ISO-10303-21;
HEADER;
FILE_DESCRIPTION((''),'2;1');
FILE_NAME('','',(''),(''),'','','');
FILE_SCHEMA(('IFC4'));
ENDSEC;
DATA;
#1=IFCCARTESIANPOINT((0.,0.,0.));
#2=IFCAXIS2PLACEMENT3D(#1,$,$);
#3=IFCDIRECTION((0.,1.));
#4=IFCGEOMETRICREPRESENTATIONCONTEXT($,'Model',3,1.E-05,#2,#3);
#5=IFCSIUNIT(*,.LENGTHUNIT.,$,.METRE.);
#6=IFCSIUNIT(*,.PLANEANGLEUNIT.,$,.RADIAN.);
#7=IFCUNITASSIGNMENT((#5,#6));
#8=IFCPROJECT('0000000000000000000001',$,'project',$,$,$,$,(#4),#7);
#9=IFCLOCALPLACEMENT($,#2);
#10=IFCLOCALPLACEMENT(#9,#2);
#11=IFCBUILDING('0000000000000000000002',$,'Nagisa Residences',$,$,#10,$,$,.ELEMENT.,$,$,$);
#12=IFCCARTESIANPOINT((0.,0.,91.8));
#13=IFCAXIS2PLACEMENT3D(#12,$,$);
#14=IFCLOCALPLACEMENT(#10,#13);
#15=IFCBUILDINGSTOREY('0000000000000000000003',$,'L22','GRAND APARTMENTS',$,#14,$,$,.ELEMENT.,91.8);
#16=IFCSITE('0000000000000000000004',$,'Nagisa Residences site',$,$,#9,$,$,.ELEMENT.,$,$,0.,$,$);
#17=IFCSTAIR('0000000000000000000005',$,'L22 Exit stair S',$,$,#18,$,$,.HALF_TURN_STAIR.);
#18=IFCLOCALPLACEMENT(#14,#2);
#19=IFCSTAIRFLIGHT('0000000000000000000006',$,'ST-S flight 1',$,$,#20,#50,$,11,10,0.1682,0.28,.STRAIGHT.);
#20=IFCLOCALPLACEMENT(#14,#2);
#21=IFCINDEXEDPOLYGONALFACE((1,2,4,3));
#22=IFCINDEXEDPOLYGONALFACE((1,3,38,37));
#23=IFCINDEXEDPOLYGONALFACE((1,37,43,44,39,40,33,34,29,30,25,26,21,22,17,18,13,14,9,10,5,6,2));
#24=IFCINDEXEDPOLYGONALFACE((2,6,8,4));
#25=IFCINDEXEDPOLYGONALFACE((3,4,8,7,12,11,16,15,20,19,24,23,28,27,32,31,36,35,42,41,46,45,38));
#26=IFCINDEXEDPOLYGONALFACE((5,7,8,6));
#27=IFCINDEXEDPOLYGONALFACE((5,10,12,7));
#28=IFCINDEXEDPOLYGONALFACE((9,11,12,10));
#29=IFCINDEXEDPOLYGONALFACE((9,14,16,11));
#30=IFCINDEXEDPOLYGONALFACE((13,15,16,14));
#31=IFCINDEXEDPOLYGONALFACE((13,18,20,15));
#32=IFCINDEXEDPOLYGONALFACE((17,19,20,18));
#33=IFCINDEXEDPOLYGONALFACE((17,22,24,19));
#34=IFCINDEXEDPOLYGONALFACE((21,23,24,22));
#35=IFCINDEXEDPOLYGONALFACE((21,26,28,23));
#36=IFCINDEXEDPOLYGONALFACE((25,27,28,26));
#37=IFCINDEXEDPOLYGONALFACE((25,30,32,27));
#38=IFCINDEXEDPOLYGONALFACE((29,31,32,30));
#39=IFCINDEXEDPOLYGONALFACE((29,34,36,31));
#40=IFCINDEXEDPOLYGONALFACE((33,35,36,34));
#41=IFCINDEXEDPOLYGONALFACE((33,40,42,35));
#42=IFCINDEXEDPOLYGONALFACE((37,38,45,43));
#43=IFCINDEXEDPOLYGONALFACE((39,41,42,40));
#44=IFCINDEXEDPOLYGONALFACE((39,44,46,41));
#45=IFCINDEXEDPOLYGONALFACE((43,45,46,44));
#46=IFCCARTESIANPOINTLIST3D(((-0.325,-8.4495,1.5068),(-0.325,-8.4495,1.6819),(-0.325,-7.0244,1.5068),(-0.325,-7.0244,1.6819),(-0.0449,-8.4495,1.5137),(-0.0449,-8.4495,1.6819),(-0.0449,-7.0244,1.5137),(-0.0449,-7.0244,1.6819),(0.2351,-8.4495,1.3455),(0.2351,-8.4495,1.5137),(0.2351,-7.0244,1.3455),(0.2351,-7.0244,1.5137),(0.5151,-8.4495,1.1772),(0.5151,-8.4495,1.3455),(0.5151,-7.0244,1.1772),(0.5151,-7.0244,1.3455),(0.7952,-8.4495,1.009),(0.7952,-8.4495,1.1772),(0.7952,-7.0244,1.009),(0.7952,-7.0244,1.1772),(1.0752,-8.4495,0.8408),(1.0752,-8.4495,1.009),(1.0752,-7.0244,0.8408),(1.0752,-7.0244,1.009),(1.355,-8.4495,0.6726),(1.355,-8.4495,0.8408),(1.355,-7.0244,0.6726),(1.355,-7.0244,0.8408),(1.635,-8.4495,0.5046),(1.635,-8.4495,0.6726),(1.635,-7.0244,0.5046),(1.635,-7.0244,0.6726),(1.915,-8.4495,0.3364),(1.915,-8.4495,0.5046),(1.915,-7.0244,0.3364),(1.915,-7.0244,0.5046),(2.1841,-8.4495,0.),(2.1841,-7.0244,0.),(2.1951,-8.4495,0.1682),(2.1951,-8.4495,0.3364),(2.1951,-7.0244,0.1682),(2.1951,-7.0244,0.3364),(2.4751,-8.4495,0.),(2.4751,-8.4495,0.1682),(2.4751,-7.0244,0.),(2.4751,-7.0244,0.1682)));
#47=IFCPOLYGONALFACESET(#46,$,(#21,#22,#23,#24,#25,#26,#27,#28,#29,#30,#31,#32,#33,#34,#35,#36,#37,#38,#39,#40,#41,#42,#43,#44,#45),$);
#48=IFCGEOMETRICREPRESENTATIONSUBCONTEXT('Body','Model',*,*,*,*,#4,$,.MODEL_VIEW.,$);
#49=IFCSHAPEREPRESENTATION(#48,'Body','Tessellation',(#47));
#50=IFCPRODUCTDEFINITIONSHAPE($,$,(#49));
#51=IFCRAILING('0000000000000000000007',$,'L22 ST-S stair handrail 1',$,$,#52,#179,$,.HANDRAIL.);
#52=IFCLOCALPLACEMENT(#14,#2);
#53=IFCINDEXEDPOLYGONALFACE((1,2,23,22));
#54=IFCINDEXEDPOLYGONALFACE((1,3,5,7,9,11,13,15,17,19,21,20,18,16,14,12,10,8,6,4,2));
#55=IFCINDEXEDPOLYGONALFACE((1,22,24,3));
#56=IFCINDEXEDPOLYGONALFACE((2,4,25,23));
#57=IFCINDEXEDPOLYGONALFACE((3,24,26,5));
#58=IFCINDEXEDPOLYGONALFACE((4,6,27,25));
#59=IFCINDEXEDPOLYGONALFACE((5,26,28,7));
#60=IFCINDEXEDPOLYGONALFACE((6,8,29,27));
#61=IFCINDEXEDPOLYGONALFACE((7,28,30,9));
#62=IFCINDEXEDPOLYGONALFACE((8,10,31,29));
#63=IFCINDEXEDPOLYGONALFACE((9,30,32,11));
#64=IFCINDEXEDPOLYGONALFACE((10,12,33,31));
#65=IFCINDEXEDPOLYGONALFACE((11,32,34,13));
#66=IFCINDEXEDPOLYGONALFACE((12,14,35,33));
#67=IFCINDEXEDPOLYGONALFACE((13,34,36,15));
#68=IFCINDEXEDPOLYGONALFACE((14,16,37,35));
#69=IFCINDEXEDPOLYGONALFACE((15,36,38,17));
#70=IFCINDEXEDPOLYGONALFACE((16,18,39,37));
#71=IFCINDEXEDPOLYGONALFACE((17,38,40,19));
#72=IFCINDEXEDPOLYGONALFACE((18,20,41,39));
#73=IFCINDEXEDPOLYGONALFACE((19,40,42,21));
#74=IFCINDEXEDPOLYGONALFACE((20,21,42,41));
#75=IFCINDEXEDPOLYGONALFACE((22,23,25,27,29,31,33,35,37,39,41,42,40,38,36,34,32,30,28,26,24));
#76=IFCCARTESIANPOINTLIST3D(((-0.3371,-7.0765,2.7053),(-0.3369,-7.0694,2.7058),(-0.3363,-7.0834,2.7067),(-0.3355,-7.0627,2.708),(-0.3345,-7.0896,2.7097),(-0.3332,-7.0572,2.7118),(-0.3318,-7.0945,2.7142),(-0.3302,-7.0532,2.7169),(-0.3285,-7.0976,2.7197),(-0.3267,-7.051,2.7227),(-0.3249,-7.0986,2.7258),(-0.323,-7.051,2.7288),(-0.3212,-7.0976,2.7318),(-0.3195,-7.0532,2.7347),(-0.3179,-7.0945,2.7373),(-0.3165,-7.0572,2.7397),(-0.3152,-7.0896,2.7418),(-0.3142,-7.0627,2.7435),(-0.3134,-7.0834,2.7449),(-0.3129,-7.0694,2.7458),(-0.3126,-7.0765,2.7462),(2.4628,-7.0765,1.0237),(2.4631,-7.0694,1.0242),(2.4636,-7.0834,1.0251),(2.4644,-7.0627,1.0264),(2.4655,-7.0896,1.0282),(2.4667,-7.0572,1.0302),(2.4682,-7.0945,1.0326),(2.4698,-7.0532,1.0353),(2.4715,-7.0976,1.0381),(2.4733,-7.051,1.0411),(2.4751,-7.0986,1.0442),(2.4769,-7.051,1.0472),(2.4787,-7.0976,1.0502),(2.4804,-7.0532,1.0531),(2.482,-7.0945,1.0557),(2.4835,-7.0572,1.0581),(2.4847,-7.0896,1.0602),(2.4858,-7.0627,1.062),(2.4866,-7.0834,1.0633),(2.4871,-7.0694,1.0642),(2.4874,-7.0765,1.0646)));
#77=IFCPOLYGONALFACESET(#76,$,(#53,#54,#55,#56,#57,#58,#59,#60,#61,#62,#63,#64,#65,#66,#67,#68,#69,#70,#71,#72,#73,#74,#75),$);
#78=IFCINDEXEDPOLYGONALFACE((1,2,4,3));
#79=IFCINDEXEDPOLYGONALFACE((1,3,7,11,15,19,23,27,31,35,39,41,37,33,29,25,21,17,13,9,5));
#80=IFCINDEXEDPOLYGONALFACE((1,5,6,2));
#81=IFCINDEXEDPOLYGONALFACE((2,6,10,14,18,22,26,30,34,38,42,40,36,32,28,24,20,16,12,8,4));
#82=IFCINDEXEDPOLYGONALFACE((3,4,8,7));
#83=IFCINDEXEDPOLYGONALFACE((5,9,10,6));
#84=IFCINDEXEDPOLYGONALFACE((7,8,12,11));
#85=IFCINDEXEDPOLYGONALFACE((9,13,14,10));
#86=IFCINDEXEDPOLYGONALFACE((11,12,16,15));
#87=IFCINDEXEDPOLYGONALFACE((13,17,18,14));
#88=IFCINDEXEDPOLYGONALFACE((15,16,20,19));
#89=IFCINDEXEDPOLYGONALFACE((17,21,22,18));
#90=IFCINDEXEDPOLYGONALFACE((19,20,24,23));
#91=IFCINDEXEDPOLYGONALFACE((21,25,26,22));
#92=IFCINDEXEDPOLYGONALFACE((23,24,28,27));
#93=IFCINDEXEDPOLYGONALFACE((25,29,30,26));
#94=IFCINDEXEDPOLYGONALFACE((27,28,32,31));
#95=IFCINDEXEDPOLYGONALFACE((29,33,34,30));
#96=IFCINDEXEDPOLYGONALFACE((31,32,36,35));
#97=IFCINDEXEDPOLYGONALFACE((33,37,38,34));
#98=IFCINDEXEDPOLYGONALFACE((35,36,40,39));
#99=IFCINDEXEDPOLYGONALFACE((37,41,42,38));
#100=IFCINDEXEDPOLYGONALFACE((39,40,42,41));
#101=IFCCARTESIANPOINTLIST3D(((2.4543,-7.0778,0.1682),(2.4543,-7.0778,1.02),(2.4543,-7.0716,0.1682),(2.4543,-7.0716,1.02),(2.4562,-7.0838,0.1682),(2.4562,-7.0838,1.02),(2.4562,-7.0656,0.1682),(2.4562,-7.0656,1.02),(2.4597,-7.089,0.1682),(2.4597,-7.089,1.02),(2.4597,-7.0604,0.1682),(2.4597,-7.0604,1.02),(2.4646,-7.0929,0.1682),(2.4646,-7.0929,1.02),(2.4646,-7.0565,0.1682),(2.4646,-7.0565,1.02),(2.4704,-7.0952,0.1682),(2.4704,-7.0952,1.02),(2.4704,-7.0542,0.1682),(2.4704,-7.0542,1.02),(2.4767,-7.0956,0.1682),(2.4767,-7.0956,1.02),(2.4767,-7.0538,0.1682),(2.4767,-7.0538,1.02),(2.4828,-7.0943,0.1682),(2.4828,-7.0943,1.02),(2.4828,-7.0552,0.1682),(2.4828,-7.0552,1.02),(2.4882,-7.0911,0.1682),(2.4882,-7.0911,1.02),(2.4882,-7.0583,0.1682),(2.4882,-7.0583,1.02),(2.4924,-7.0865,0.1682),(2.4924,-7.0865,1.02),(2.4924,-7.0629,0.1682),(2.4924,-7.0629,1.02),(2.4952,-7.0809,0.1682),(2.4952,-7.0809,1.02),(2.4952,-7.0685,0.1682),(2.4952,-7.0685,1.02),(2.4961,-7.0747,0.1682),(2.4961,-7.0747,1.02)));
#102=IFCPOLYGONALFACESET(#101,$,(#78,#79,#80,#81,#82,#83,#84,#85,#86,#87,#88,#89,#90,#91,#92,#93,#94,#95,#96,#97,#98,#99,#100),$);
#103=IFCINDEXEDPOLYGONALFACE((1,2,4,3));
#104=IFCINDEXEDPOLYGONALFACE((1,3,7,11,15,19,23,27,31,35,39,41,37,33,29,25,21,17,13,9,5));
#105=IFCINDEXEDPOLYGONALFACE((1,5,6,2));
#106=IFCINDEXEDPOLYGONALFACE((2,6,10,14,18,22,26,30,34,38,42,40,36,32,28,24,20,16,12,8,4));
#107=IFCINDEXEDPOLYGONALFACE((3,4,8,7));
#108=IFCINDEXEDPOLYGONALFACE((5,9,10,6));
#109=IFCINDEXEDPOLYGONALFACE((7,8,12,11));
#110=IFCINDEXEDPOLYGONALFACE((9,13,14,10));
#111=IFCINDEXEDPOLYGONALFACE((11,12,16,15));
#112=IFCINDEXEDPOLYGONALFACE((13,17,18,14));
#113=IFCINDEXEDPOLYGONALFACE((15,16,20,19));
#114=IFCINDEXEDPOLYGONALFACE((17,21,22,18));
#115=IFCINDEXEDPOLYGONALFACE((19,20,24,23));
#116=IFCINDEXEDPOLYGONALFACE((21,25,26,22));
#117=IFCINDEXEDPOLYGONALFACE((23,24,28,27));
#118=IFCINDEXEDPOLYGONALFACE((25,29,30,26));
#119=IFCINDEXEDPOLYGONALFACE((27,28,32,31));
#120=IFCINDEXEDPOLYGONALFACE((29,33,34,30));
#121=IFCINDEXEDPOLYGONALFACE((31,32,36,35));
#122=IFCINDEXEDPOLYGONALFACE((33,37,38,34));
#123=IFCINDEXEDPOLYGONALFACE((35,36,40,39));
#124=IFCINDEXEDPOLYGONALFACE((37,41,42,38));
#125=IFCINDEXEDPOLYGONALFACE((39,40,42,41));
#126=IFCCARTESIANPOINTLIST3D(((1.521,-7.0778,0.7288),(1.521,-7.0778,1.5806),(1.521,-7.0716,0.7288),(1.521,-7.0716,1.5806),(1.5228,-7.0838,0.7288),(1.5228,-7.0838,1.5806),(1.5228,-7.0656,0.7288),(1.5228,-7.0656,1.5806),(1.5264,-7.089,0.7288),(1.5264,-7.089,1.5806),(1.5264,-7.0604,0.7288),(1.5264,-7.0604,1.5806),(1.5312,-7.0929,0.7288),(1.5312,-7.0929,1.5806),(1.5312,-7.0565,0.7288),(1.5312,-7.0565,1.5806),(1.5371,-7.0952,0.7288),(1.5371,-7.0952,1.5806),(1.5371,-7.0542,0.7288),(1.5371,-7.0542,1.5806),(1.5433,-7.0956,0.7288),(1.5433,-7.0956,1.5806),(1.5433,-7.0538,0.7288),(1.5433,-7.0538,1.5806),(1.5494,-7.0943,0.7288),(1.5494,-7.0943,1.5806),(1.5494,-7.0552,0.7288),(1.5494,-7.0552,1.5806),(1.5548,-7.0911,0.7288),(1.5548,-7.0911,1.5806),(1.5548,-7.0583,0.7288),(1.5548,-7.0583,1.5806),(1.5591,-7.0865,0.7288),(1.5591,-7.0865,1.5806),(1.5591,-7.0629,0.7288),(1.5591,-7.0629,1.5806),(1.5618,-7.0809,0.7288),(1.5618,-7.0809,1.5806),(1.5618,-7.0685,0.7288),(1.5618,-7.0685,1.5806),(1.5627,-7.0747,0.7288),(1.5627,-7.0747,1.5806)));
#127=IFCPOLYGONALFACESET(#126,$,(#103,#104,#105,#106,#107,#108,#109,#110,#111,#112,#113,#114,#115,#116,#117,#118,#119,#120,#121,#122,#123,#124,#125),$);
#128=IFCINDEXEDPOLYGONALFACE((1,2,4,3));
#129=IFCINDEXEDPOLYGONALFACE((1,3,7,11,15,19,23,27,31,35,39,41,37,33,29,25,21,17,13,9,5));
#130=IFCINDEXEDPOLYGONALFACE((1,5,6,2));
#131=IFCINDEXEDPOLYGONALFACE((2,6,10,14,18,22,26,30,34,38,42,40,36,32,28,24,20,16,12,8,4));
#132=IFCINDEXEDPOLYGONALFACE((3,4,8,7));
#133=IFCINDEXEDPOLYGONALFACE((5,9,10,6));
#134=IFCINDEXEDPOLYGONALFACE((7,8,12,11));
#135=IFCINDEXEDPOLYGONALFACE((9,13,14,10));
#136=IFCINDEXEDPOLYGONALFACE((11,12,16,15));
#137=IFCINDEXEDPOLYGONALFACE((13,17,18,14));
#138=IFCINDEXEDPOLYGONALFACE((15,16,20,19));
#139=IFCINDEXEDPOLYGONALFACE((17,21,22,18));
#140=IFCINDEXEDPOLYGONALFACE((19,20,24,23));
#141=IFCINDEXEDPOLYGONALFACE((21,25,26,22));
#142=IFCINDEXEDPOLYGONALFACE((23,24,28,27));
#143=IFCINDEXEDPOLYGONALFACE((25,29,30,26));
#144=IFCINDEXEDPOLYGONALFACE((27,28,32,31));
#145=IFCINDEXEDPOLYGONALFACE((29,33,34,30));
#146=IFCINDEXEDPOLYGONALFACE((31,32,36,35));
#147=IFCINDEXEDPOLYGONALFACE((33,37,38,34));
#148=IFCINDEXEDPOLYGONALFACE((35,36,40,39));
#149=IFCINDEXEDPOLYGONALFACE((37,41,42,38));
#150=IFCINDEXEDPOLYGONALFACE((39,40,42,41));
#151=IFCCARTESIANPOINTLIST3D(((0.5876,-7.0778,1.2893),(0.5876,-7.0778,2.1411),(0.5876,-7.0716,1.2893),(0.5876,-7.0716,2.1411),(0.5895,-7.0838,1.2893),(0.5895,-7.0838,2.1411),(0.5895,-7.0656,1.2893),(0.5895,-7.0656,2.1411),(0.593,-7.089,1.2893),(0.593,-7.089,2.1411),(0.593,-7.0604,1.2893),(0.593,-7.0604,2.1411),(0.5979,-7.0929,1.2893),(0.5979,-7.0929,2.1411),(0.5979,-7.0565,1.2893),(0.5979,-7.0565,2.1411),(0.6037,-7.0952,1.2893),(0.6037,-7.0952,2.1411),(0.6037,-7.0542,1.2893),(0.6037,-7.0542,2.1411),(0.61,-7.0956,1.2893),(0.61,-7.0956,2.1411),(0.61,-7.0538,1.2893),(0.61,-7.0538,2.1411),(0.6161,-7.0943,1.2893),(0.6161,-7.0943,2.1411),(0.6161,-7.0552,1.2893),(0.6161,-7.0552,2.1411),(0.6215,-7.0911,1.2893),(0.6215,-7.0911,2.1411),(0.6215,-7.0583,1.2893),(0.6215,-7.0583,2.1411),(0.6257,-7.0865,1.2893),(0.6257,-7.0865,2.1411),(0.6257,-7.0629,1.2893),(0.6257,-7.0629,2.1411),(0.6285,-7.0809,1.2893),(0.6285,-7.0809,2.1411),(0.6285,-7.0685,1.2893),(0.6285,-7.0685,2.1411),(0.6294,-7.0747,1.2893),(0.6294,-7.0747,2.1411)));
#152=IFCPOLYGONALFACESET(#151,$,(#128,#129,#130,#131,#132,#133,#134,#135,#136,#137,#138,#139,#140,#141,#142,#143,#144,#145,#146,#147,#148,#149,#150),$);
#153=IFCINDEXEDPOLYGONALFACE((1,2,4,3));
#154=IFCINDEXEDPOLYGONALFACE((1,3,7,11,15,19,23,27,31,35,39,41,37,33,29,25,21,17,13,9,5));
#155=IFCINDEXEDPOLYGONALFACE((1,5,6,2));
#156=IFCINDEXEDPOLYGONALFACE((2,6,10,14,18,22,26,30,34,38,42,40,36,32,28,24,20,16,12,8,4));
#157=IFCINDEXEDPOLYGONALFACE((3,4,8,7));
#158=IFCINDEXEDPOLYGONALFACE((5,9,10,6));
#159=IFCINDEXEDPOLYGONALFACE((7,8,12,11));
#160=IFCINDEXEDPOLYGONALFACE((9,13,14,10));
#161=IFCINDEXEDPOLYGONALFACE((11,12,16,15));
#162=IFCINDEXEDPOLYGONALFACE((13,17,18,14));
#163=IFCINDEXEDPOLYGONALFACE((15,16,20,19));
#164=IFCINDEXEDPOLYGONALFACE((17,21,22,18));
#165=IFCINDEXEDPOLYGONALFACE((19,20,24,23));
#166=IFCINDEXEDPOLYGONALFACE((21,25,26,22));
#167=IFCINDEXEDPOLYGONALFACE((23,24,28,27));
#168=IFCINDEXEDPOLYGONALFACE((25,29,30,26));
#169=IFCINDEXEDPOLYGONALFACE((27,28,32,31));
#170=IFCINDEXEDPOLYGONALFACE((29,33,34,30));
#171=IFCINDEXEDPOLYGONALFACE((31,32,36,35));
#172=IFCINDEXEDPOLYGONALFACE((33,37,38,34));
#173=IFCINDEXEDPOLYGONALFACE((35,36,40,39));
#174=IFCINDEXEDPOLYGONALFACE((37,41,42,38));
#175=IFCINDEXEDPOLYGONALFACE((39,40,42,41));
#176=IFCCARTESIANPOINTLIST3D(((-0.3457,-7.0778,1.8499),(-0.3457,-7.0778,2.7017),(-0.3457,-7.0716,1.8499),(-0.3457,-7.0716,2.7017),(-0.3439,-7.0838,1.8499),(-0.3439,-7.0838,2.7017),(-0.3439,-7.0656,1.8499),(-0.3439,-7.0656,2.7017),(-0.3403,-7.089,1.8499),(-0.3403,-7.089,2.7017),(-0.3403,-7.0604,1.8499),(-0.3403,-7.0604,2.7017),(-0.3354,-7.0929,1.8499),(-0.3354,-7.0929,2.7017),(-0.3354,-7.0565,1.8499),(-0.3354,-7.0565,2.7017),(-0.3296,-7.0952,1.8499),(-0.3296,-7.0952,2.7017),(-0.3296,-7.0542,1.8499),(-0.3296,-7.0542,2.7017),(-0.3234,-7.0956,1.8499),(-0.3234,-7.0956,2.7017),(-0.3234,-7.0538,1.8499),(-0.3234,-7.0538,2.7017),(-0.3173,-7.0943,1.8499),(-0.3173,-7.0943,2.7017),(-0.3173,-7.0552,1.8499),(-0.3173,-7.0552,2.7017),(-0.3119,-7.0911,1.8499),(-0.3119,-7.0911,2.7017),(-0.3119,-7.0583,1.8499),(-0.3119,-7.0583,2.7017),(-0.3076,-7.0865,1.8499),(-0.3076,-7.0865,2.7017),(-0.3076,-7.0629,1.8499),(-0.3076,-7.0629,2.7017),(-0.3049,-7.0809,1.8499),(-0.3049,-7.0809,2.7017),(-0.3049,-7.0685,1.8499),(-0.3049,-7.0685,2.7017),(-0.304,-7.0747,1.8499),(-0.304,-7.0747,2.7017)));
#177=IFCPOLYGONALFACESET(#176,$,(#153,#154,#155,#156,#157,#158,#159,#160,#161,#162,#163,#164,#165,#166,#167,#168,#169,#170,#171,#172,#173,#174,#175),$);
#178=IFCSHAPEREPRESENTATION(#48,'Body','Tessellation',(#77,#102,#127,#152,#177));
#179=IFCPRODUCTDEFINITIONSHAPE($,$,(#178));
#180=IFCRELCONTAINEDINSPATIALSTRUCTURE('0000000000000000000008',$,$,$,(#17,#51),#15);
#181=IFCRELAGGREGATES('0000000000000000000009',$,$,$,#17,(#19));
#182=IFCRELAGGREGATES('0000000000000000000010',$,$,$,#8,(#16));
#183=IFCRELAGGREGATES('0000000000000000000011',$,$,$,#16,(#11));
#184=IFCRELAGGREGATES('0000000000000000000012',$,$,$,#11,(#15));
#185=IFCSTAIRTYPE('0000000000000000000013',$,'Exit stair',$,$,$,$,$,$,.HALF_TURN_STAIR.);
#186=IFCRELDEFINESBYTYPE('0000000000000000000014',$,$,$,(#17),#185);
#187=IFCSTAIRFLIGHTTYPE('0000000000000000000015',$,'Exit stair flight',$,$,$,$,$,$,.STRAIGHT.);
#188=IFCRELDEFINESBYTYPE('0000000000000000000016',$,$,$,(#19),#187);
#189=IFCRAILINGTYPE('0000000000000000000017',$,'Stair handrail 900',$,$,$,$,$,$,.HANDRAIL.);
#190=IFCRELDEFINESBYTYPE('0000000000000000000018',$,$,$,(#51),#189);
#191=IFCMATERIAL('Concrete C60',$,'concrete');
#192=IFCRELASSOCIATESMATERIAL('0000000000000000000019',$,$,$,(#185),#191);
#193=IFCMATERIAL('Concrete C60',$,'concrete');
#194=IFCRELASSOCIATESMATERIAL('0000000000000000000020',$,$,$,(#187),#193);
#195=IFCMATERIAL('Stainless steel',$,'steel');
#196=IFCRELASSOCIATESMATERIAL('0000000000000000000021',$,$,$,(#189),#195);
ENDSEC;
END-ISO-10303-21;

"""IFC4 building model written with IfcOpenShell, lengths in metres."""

from ifc_helpers import new_model, si_unit, direction, frame, origin, origin_2d, place, context, subcontext, project, spatial, polyline, circle, outline, extrude, material, type_object, element, aggregate, save


model = new_model("IFC4")

# Units and contexts
model_context = context("Model", 3, precision=1e-05, world=origin(), true_north=direction((0.0, 1.0)))
body_context = subcontext(model_context, "Body", "Model", "MODEL_VIEW")
ifc_project = project(units=[si_unit("LENGTHUNIT", "METRE"), si_unit("PLANEANGLEUNIT", "RADIAN")], contexts=[model_context])

# Site, building, storey
site_placement = place(None, origin())
site = spatial("IfcSite", under=ifc_project, at=site_placement, Name="Nagisa Residences site", CompositionType="ELEMENT", RefElevation=0.0)
building_placement = place(site_placement, origin())
building = spatial("IfcBuilding", under=site, at=building_placement, Name="Nagisa Residences", CompositionType="ELEMENT")
storey_placement = place(building_placement, frame((0.0, 0.0, 91.8)))
storey = spatial("IfcBuildingStorey", under=building, at=storey_placement, Name="L22", Description="GRAND APARTMENTS", CompositionType="ELEMENT", Elevation=91.8)

# Stair, stair flight
ifc_material_1 = material(Name="Concrete C60", Category="concrete")
stair_type = type_object("IfcStairType", Name="Exit stair", PredefinedType="HALF_TURN_STAIR", material=ifc_material_1)
stair_placement = place(storey_placement, origin())
stair = element("IfcStair", 1, at=stair_placement, inside=storey, type_object=stair_type, Name="L22 Exit stair S", PredefinedType="HALF_TURN_STAIR")
ifc_material_2 = material(Name="Concrete C60", Category="concrete")
stair_flight_type = type_object("IfcStairFlightType", Name="Exit stair flight", PredefinedType="STRAIGHT", material=ifc_material_2)
stair_flight_placement = place(storey_placement, frame((2.4751, -7.7371, 0.0), z_axis=(0.0, 0.0, 1.0), x_axis=(-1.0, 0.0, 0.0)))
stair_flight = element("IfcStairFlight", 2, at=stair_flight_placement, type_object=stair_flight_type, Name="ST-S flight 1", NumberOfRisers=11, NumberOfTreads=10, PredefinedType="STRAIGHT", RiserHeight=0.1682, TreadLength=0.28, context=body_context, shape_type="SweptSolid", body=[
    extrude(outline(polyline([(0.0, 0.0), (0.0, 0.1682), (0.28, 0.1682), (0.28, 0.3364), (0.5601, 0.3364), (0.5601, 0.5046), (0.8401, 0.5046), (0.8401, 0.6726), (1.1201, 0.6726), (1.1201, 0.8408), (1.3999, 0.8408), (1.3999, 1.009), (1.6799, 1.009), (1.6799, 1.1772), (1.96, 1.1772), (1.96, 1.3455), (2.24, 1.3455), (2.24, 1.5137), (2.52, 1.5137), (2.52, 1.6819), (2.8, 1.6819), (2.8, 1.8501), (2.8, 1.5068), (0.291, 0.0), (0.0, 0.0)])), frame((0.0, 0.7124, 0.0), z_axis=(0.0, -1.0, 0.0), x_axis=(1.0, 0.0, 0.0)), (0.0, 0.0, 1.0), 1.425),
])
aggregate(stair, [stair_flight])

# Railing
ifc_material_3 = material(Name="Stainless steel", Category="steel")
railing_type_1 = type_object("IfcRailingType", Name="Stair handrail 900", PredefinedType="HANDRAIL", material=ifc_material_3)
railing_1_placement = place(storey_placement, frame((2.4751, -7.0747, 0.1682)))
element("IfcRailing", 3, at=railing_1_placement, inside=storey, type_object=railing_type_1, Name="L22 ST-S stair handrail 1", PredefinedType="HANDRAIL", context=body_context, shape_type="SweptSolid", body=[
    extrude(circle(Radius=0.0239, at=origin_2d()), frame((0.0, 0.0, 0.876), z_axis=(-0.857275, 0.0, 0.514858), x_axis=(0.0, -1.0, 0.0)), (0.0, 0.0, 1.0), 3.2661),
    extrude(circle(Radius=0.021, at=origin_2d()), origin(), (0.0, 0.0, 1.0), 0.8518),
    extrude(circle(Radius=0.021, at=origin_2d()), frame((-0.9333, 0.0, 0.5605)), (0.0, 0.0, 1.0), 0.8518),
    extrude(circle(Radius=0.021, at=origin_2d()), frame((-1.8667, 0.0, 1.1211)), (0.0, 0.0, 1.0), 0.8518),
    extrude(circle(Radius=0.021, at=origin_2d()), frame((-2.8, 0.0, 1.6816)), (0.0, 0.0, 1.0), 0.8518),
])

save(model, "model.ifc")
